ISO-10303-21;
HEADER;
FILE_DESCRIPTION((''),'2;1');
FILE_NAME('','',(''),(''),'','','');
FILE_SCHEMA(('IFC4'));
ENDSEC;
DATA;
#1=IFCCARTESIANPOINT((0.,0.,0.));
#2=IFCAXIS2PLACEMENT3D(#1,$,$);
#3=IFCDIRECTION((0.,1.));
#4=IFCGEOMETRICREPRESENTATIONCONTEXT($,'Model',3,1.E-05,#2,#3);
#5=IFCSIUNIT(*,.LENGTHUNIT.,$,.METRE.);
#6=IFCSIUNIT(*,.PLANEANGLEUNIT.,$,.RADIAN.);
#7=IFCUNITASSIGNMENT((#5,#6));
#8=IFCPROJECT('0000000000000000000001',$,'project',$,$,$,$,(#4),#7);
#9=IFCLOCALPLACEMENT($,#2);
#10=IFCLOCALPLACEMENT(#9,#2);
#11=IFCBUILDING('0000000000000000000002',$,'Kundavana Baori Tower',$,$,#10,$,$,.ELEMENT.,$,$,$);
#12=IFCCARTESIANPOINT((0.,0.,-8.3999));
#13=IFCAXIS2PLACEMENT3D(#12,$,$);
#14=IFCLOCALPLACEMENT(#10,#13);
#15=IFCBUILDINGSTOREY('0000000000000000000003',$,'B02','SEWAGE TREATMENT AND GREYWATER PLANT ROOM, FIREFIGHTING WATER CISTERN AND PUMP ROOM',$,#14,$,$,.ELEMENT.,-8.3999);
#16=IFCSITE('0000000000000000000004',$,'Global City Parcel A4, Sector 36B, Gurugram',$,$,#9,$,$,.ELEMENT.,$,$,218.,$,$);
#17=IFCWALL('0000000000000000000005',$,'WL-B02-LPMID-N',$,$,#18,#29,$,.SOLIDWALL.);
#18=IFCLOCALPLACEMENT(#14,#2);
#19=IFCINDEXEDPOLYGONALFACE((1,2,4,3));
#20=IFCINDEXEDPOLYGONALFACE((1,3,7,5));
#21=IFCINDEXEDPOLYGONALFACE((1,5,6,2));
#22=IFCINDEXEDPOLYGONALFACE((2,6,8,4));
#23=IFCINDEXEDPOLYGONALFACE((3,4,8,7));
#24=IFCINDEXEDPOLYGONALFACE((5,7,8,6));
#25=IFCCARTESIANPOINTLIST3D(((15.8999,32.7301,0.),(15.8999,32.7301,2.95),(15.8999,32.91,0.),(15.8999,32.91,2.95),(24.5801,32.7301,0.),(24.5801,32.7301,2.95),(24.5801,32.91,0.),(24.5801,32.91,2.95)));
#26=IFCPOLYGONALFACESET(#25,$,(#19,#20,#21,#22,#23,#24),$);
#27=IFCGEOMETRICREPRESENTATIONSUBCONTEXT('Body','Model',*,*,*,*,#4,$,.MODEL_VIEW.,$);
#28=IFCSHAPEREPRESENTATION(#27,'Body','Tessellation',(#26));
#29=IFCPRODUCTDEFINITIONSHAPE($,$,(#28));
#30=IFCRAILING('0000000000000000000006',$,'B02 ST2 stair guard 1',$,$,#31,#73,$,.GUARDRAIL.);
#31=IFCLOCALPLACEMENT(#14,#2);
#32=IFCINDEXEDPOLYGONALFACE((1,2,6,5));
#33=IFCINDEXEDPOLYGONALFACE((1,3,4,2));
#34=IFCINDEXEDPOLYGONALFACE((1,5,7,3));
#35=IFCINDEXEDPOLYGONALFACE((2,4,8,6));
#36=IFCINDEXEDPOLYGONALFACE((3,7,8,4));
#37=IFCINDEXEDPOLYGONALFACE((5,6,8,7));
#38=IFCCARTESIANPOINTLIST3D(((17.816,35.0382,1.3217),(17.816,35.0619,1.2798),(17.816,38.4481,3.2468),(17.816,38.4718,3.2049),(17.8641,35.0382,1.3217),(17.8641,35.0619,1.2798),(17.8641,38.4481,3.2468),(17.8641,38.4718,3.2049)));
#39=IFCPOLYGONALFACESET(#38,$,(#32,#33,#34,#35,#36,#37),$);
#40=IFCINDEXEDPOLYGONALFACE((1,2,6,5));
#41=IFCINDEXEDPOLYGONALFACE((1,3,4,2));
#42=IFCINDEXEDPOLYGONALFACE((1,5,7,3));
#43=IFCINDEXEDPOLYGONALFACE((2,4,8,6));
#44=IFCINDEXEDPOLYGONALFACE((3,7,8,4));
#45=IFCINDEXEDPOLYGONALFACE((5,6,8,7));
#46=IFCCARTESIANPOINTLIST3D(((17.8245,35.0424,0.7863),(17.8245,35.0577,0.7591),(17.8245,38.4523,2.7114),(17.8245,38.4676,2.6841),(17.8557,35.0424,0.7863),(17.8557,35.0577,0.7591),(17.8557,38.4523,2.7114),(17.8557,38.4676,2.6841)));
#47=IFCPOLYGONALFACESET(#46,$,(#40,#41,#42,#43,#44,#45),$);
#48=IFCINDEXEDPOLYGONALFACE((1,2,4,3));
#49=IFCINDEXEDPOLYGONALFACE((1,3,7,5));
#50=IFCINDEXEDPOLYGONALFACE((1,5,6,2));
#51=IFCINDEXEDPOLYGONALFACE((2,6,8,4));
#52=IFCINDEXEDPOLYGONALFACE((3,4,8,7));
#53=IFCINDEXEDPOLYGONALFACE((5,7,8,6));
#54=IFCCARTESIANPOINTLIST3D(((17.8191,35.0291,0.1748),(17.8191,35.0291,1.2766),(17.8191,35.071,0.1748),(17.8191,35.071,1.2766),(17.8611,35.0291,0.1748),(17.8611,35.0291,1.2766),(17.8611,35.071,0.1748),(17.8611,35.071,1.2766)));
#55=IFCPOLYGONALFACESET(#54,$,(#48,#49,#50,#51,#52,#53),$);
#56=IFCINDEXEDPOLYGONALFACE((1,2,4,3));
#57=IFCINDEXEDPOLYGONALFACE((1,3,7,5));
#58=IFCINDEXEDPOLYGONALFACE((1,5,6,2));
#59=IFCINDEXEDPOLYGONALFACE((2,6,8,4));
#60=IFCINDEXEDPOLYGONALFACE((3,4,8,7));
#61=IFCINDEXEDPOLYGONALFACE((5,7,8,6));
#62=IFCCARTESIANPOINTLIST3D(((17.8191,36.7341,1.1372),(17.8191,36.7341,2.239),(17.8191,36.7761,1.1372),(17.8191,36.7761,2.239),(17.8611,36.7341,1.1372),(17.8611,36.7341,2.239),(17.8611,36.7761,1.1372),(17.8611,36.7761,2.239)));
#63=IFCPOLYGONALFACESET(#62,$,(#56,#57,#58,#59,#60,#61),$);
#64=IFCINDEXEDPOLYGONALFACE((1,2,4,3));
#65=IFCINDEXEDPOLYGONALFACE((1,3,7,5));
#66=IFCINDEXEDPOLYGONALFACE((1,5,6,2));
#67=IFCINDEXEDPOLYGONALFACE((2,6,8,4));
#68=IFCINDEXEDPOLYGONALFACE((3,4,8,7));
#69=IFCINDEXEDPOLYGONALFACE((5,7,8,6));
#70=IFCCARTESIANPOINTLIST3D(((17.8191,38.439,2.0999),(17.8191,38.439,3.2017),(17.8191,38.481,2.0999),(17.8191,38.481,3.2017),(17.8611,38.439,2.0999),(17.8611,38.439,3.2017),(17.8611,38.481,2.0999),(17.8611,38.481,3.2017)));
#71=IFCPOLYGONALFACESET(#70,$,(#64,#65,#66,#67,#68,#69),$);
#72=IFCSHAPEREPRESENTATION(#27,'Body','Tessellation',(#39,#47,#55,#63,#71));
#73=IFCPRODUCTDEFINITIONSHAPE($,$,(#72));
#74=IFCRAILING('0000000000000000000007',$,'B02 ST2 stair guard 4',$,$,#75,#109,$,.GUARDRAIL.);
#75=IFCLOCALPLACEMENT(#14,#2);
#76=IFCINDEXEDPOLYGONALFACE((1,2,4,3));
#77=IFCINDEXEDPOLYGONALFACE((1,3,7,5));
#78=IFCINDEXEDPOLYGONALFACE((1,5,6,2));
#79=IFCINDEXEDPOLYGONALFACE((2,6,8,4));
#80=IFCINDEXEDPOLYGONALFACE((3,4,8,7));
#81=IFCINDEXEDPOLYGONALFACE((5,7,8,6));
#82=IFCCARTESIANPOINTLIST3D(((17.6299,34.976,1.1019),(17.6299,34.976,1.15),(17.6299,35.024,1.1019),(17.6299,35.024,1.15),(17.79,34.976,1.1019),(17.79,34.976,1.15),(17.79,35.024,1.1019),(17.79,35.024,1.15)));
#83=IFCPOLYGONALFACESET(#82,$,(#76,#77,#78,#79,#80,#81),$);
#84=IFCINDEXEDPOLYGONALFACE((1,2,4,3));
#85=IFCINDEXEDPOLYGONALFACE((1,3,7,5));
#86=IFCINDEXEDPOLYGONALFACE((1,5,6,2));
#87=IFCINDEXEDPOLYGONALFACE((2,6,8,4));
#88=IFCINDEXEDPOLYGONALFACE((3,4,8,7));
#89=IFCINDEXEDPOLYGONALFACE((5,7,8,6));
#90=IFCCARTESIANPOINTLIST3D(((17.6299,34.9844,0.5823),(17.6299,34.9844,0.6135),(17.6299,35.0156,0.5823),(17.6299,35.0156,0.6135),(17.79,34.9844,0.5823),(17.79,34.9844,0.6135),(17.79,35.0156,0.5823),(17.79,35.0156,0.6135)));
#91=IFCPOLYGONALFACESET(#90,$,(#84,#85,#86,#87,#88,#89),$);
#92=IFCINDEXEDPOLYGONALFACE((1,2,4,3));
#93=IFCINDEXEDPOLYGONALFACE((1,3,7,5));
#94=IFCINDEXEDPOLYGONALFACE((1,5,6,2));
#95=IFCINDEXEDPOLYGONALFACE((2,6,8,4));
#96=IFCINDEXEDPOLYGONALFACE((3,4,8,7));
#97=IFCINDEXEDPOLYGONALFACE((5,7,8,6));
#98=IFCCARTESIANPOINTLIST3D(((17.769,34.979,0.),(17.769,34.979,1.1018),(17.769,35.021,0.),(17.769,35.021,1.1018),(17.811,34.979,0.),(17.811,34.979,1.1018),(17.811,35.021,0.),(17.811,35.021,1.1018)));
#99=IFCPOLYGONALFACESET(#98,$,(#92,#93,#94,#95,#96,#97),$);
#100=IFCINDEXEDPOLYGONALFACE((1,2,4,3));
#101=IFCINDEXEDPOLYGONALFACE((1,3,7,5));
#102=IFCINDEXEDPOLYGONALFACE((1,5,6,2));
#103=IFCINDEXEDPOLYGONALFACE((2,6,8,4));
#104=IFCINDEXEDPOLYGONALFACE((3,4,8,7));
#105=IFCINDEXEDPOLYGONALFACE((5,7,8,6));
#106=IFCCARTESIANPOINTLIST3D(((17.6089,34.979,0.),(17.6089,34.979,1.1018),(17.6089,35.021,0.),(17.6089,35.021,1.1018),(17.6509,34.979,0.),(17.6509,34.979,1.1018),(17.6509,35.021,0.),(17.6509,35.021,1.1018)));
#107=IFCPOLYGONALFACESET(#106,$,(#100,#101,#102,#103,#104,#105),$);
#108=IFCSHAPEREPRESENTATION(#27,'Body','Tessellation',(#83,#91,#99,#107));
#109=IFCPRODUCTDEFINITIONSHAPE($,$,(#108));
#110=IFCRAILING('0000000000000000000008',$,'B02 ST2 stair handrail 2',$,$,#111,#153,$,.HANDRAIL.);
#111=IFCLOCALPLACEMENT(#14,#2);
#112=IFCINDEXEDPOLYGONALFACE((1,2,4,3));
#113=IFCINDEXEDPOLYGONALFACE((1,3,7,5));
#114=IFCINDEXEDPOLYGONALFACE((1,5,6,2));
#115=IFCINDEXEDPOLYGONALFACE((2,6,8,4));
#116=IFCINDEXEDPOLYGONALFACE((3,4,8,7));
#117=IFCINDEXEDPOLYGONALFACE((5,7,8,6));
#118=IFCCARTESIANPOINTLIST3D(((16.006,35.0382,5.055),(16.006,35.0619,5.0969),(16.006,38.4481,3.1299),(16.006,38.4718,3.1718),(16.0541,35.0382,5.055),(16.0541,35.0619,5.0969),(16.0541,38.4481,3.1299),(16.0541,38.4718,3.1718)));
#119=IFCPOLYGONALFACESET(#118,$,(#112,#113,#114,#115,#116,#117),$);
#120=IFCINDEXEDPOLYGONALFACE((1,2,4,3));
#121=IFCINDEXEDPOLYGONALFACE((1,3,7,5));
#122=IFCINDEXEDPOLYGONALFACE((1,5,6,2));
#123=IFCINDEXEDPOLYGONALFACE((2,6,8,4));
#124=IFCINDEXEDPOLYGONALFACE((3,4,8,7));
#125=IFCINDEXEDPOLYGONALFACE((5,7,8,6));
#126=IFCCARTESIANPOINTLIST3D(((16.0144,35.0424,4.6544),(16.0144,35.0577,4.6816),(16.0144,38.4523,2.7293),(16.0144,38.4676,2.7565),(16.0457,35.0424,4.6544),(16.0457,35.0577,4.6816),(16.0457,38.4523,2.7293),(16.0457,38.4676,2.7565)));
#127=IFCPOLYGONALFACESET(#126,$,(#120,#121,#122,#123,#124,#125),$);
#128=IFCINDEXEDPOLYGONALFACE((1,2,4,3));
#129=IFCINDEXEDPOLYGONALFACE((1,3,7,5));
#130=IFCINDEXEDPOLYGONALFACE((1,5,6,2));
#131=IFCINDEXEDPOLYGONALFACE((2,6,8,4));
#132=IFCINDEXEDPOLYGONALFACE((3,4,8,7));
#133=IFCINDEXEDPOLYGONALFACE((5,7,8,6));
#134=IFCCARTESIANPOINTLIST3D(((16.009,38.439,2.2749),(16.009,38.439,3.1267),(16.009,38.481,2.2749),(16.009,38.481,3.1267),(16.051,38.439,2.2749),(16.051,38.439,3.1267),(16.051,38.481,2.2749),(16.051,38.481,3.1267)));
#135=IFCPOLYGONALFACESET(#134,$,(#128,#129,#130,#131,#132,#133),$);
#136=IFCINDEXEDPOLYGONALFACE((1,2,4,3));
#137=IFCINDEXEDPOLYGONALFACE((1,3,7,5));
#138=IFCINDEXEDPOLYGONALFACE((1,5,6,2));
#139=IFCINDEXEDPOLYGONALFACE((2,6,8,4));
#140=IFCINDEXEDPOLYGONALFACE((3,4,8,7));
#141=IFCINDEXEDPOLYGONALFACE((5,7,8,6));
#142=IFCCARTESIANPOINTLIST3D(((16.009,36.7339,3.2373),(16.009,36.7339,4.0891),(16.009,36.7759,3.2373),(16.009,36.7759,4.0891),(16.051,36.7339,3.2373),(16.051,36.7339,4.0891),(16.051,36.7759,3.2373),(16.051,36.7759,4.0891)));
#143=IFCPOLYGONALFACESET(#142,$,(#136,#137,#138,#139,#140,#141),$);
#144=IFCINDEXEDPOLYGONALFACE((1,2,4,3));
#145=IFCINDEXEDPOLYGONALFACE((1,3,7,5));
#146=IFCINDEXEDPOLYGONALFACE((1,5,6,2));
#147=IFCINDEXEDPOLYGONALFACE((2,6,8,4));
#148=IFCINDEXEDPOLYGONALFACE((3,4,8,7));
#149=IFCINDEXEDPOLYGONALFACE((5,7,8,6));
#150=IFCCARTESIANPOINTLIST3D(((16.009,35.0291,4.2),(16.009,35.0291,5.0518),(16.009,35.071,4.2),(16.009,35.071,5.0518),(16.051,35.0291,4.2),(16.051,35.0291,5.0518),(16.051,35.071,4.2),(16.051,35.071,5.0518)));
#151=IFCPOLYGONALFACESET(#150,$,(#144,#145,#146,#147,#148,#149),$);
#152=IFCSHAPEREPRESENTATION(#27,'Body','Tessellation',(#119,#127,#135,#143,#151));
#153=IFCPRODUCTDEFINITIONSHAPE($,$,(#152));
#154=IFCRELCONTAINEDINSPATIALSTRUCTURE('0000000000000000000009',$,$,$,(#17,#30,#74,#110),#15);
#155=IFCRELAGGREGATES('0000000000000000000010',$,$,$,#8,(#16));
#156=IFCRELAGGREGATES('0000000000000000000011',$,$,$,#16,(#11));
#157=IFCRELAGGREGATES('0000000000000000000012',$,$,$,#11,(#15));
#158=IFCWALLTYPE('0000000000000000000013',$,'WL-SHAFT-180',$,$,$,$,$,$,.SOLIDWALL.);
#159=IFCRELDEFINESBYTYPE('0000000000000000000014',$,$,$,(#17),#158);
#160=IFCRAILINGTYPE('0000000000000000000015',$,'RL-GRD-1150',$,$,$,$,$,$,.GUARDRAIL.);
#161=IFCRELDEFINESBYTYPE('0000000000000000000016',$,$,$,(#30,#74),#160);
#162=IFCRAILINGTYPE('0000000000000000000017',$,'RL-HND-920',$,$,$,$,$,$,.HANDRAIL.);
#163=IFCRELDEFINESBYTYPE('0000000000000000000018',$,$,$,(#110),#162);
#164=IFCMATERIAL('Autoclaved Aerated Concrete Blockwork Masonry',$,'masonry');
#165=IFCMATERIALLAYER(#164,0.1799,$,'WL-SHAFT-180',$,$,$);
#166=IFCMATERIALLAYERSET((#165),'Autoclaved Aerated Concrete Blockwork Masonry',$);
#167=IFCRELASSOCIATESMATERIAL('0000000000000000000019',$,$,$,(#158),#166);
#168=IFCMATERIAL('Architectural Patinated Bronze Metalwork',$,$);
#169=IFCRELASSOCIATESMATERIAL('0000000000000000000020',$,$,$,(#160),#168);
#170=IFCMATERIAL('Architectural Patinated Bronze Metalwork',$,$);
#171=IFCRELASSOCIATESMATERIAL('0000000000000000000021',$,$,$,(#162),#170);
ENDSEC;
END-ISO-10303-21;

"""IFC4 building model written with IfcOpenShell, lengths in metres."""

from ifc_helpers import new_model, si_unit, direction, frame, frame_2d, origin, origin_2d, place, context, subcontext, project, spatial, rectangle, extrude, material, layer, layer_set, type_object, element, save


model = new_model("IFC4")

# Units and contexts
model_context = context("Model", 3, precision=1e-05, world=origin(), true_north=direction((0.0, 1.0)))
body_context = subcontext(model_context, "Body", "Model", "MODEL_VIEW")
ifc_project = project(units=[si_unit("LENGTHUNIT", "METRE"), si_unit("PLANEANGLEUNIT", "RADIAN")], contexts=[model_context])

# Site, building, storey
site_placement = place(None, origin())
site = spatial("IfcSite", under=ifc_project, at=site_placement, Name="Global City Parcel A4, Sector 36B, Gurugram", CompositionType="ELEMENT", RefElevation=218.0)
building_placement = place(site_placement, origin())
building = spatial("IfcBuilding", under=site, at=building_placement, Name="Kundavana Baori Tower", CompositionType="ELEMENT")
storey_placement = place(building_placement, frame((0.0, 0.0, -8.3999)))
storey = spatial("IfcBuildingStorey", under=building, at=storey_placement, Name="B02", Description="SEWAGE TREATMENT AND GREYWATER PLANT ROOM, FIREFIGHTING WATER CISTERN AND PUMP ROOM", CompositionType="ELEMENT", Elevation=-8.3999)

# Shared definitions
ifc_material_1 = material(Name="Autoclaved Aerated Concrete Blockwork Masonry", Category="masonry")
ifc_layer_1 = layer(ifc_material_1, 0.1799, Name="WL-SHAFT-180")
ifc_layer_set_1 = layer_set([ifc_layer_1], Name="Autoclaved Aerated Concrete Blockwork Masonry")
wall_type_1 = type_object("IfcWallType", Name="WL-SHAFT-180", PredefinedType="SOLIDWALL", material=ifc_layer_set_1)

# Wall
wall_1_placement = place(storey_placement, frame((15.8999, 32.8201, 0.0), z_axis=(0.0, 0.0, 1.0), x_axis=(1.0, 0.0, 0.0)))
element("IfcWall", 1, at=wall_1_placement, inside=storey, type_object=wall_type_1, Name="WL-B02-LPMID-N", PredefinedType="SOLIDWALL", context=body_context, shape_type="SweptSolid", body=[
    extrude(rectangle(XDim=8.6802, YDim=0.1799, at=frame_2d((4.3401, 0.0))), origin(), (0.0, 0.0, 1.0), 2.95),
])

# Railings
ifc_material_2 = material(Name="Architectural Patinated Bronze Metalwork")
railing_type_1 = type_object("IfcRailingType", Name="RL-GRD-1150", PredefinedType="GUARDRAIL", material=ifc_material_2)
railing_1_placement = place(storey_placement, frame((17.8401, 35.05, 0.1748)))
element("IfcRailing", 2, at=railing_1_placement, inside=storey, type_object=railing_type_1, Name="B02 ST2 stair guard 1", PredefinedType="GUARDRAIL", context=body_context, shape_type="SweptSolid", body=[
    extrude(rectangle(XDim=0.0481, YDim=0.0481, at=origin_2d()), frame((0.0, 0.0, 1.126), z_axis=(0.0, 0.870814, 0.491613), x_axis=(-1.0, 0.0, 0.0)), (0.0, 0.0, 1.0), 3.9158),
    extrude(rectangle(XDim=0.0312, YDim=0.0312, at=origin_2d()), frame((0.0, 0.0, 0.5979), z_axis=(0.0, 0.870814, 0.491613), x_axis=(-1.0, 0.0, 0.0)), (0.0, 0.0, 1.0), 3.9158),
    extrude(rectangle(XDim=0.042, YDim=0.042, at=origin_2d()), origin(), (0.0, 0.0, 1.0), 1.1018),
    extrude(rectangle(XDim=0.042, YDim=0.042, at=origin_2d()), frame((0.0, 1.7051, 0.9624)), (0.0, 0.0, 1.0), 1.1018),
    extrude(rectangle(XDim=0.042, YDim=0.042, at=origin_2d()), frame((0.0, 3.4099, 1.925)), (0.0, 0.0, 1.0), 1.1018),
])
railing_2_placement = place(storey_placement, frame((17.79, 35.0, 0.0)))
element("IfcRailing", 3, at=railing_2_placement, inside=storey, type_object=railing_type_1, Name="B02 ST2 stair guard 4", PredefinedType="GUARDRAIL", context=body_context, shape_type="SweptSolid", body=[
    extrude(rectangle(XDim=0.0481, YDim=0.0481, at=origin_2d()), frame((0.0, 0.0, 1.126), z_axis=(-1.0, 0.0, 0.0), x_axis=(0.0, -1.0, 0.0)), (0.0, 0.0, 1.0), 0.1602),
    extrude(rectangle(XDim=0.0312, YDim=0.0312, at=origin_2d()), frame((0.0, 0.0, 0.5979), z_axis=(-1.0, 0.0, 0.0), x_axis=(0.0, -1.0, 0.0)), (0.0, 0.0, 1.0), 0.1602),
    extrude(rectangle(XDim=0.042, YDim=0.042, at=origin_2d()), origin(), (0.0, 0.0, 1.0), 1.1018),
    extrude(rectangle(XDim=0.042, YDim=0.042, at=origin_2d()), frame((-0.1602, 0.0, 0.0)), (0.0, 0.0, 1.0), 1.1018),
])
ifc_material_3 = material(Name="Architectural Patinated Bronze Metalwork")
railing_type_2 = type_object("IfcRailingType", Name="RL-HND-920", PredefinedType="HANDRAIL", material=ifc_material_3)
railing_3_placement = place(storey_placement, frame((16.03, 38.46, 2.2749)))
element("IfcRailing", 4, at=railing_3_placement, inside=storey, type_object=railing_type_2, Name="B02 ST2 stair handrail 2", PredefinedType="HANDRAIL", context=body_context, shape_type="SweptSolid", body=[
    extrude(rectangle(XDim=0.0481, YDim=0.0481, at=origin_2d()), frame((0.0, 0.0, 0.876), z_axis=(0.0, -0.870814, 0.491613), x_axis=(1.0, 0.0, 0.0)), (0.0, 0.0, 1.0), 3.9158),
    extrude(rectangle(XDim=0.0312, YDim=0.0312, at=origin_2d()), frame((0.0, 0.0, 0.468), z_axis=(0.0, -0.870814, 0.491613), x_axis=(1.0, 0.0, 0.0)), (0.0, 0.0, 1.0), 3.9158),
    extrude(rectangle(XDim=0.042, YDim=0.042, at=origin_2d()), origin(), (0.0, 0.0, 1.0), 0.8518),
    extrude(rectangle(XDim=0.042, YDim=0.042, at=origin_2d()), frame((0.0, -1.7051, 0.9624)), (0.0, 0.0, 1.0), 0.8518),
    extrude(rectangle(XDim=0.042, YDim=0.042, at=origin_2d()), frame((0.0, -3.4099, 1.925)), (0.0, 0.0, 1.0), 0.8518),
])

save(model, "model.ifc")
